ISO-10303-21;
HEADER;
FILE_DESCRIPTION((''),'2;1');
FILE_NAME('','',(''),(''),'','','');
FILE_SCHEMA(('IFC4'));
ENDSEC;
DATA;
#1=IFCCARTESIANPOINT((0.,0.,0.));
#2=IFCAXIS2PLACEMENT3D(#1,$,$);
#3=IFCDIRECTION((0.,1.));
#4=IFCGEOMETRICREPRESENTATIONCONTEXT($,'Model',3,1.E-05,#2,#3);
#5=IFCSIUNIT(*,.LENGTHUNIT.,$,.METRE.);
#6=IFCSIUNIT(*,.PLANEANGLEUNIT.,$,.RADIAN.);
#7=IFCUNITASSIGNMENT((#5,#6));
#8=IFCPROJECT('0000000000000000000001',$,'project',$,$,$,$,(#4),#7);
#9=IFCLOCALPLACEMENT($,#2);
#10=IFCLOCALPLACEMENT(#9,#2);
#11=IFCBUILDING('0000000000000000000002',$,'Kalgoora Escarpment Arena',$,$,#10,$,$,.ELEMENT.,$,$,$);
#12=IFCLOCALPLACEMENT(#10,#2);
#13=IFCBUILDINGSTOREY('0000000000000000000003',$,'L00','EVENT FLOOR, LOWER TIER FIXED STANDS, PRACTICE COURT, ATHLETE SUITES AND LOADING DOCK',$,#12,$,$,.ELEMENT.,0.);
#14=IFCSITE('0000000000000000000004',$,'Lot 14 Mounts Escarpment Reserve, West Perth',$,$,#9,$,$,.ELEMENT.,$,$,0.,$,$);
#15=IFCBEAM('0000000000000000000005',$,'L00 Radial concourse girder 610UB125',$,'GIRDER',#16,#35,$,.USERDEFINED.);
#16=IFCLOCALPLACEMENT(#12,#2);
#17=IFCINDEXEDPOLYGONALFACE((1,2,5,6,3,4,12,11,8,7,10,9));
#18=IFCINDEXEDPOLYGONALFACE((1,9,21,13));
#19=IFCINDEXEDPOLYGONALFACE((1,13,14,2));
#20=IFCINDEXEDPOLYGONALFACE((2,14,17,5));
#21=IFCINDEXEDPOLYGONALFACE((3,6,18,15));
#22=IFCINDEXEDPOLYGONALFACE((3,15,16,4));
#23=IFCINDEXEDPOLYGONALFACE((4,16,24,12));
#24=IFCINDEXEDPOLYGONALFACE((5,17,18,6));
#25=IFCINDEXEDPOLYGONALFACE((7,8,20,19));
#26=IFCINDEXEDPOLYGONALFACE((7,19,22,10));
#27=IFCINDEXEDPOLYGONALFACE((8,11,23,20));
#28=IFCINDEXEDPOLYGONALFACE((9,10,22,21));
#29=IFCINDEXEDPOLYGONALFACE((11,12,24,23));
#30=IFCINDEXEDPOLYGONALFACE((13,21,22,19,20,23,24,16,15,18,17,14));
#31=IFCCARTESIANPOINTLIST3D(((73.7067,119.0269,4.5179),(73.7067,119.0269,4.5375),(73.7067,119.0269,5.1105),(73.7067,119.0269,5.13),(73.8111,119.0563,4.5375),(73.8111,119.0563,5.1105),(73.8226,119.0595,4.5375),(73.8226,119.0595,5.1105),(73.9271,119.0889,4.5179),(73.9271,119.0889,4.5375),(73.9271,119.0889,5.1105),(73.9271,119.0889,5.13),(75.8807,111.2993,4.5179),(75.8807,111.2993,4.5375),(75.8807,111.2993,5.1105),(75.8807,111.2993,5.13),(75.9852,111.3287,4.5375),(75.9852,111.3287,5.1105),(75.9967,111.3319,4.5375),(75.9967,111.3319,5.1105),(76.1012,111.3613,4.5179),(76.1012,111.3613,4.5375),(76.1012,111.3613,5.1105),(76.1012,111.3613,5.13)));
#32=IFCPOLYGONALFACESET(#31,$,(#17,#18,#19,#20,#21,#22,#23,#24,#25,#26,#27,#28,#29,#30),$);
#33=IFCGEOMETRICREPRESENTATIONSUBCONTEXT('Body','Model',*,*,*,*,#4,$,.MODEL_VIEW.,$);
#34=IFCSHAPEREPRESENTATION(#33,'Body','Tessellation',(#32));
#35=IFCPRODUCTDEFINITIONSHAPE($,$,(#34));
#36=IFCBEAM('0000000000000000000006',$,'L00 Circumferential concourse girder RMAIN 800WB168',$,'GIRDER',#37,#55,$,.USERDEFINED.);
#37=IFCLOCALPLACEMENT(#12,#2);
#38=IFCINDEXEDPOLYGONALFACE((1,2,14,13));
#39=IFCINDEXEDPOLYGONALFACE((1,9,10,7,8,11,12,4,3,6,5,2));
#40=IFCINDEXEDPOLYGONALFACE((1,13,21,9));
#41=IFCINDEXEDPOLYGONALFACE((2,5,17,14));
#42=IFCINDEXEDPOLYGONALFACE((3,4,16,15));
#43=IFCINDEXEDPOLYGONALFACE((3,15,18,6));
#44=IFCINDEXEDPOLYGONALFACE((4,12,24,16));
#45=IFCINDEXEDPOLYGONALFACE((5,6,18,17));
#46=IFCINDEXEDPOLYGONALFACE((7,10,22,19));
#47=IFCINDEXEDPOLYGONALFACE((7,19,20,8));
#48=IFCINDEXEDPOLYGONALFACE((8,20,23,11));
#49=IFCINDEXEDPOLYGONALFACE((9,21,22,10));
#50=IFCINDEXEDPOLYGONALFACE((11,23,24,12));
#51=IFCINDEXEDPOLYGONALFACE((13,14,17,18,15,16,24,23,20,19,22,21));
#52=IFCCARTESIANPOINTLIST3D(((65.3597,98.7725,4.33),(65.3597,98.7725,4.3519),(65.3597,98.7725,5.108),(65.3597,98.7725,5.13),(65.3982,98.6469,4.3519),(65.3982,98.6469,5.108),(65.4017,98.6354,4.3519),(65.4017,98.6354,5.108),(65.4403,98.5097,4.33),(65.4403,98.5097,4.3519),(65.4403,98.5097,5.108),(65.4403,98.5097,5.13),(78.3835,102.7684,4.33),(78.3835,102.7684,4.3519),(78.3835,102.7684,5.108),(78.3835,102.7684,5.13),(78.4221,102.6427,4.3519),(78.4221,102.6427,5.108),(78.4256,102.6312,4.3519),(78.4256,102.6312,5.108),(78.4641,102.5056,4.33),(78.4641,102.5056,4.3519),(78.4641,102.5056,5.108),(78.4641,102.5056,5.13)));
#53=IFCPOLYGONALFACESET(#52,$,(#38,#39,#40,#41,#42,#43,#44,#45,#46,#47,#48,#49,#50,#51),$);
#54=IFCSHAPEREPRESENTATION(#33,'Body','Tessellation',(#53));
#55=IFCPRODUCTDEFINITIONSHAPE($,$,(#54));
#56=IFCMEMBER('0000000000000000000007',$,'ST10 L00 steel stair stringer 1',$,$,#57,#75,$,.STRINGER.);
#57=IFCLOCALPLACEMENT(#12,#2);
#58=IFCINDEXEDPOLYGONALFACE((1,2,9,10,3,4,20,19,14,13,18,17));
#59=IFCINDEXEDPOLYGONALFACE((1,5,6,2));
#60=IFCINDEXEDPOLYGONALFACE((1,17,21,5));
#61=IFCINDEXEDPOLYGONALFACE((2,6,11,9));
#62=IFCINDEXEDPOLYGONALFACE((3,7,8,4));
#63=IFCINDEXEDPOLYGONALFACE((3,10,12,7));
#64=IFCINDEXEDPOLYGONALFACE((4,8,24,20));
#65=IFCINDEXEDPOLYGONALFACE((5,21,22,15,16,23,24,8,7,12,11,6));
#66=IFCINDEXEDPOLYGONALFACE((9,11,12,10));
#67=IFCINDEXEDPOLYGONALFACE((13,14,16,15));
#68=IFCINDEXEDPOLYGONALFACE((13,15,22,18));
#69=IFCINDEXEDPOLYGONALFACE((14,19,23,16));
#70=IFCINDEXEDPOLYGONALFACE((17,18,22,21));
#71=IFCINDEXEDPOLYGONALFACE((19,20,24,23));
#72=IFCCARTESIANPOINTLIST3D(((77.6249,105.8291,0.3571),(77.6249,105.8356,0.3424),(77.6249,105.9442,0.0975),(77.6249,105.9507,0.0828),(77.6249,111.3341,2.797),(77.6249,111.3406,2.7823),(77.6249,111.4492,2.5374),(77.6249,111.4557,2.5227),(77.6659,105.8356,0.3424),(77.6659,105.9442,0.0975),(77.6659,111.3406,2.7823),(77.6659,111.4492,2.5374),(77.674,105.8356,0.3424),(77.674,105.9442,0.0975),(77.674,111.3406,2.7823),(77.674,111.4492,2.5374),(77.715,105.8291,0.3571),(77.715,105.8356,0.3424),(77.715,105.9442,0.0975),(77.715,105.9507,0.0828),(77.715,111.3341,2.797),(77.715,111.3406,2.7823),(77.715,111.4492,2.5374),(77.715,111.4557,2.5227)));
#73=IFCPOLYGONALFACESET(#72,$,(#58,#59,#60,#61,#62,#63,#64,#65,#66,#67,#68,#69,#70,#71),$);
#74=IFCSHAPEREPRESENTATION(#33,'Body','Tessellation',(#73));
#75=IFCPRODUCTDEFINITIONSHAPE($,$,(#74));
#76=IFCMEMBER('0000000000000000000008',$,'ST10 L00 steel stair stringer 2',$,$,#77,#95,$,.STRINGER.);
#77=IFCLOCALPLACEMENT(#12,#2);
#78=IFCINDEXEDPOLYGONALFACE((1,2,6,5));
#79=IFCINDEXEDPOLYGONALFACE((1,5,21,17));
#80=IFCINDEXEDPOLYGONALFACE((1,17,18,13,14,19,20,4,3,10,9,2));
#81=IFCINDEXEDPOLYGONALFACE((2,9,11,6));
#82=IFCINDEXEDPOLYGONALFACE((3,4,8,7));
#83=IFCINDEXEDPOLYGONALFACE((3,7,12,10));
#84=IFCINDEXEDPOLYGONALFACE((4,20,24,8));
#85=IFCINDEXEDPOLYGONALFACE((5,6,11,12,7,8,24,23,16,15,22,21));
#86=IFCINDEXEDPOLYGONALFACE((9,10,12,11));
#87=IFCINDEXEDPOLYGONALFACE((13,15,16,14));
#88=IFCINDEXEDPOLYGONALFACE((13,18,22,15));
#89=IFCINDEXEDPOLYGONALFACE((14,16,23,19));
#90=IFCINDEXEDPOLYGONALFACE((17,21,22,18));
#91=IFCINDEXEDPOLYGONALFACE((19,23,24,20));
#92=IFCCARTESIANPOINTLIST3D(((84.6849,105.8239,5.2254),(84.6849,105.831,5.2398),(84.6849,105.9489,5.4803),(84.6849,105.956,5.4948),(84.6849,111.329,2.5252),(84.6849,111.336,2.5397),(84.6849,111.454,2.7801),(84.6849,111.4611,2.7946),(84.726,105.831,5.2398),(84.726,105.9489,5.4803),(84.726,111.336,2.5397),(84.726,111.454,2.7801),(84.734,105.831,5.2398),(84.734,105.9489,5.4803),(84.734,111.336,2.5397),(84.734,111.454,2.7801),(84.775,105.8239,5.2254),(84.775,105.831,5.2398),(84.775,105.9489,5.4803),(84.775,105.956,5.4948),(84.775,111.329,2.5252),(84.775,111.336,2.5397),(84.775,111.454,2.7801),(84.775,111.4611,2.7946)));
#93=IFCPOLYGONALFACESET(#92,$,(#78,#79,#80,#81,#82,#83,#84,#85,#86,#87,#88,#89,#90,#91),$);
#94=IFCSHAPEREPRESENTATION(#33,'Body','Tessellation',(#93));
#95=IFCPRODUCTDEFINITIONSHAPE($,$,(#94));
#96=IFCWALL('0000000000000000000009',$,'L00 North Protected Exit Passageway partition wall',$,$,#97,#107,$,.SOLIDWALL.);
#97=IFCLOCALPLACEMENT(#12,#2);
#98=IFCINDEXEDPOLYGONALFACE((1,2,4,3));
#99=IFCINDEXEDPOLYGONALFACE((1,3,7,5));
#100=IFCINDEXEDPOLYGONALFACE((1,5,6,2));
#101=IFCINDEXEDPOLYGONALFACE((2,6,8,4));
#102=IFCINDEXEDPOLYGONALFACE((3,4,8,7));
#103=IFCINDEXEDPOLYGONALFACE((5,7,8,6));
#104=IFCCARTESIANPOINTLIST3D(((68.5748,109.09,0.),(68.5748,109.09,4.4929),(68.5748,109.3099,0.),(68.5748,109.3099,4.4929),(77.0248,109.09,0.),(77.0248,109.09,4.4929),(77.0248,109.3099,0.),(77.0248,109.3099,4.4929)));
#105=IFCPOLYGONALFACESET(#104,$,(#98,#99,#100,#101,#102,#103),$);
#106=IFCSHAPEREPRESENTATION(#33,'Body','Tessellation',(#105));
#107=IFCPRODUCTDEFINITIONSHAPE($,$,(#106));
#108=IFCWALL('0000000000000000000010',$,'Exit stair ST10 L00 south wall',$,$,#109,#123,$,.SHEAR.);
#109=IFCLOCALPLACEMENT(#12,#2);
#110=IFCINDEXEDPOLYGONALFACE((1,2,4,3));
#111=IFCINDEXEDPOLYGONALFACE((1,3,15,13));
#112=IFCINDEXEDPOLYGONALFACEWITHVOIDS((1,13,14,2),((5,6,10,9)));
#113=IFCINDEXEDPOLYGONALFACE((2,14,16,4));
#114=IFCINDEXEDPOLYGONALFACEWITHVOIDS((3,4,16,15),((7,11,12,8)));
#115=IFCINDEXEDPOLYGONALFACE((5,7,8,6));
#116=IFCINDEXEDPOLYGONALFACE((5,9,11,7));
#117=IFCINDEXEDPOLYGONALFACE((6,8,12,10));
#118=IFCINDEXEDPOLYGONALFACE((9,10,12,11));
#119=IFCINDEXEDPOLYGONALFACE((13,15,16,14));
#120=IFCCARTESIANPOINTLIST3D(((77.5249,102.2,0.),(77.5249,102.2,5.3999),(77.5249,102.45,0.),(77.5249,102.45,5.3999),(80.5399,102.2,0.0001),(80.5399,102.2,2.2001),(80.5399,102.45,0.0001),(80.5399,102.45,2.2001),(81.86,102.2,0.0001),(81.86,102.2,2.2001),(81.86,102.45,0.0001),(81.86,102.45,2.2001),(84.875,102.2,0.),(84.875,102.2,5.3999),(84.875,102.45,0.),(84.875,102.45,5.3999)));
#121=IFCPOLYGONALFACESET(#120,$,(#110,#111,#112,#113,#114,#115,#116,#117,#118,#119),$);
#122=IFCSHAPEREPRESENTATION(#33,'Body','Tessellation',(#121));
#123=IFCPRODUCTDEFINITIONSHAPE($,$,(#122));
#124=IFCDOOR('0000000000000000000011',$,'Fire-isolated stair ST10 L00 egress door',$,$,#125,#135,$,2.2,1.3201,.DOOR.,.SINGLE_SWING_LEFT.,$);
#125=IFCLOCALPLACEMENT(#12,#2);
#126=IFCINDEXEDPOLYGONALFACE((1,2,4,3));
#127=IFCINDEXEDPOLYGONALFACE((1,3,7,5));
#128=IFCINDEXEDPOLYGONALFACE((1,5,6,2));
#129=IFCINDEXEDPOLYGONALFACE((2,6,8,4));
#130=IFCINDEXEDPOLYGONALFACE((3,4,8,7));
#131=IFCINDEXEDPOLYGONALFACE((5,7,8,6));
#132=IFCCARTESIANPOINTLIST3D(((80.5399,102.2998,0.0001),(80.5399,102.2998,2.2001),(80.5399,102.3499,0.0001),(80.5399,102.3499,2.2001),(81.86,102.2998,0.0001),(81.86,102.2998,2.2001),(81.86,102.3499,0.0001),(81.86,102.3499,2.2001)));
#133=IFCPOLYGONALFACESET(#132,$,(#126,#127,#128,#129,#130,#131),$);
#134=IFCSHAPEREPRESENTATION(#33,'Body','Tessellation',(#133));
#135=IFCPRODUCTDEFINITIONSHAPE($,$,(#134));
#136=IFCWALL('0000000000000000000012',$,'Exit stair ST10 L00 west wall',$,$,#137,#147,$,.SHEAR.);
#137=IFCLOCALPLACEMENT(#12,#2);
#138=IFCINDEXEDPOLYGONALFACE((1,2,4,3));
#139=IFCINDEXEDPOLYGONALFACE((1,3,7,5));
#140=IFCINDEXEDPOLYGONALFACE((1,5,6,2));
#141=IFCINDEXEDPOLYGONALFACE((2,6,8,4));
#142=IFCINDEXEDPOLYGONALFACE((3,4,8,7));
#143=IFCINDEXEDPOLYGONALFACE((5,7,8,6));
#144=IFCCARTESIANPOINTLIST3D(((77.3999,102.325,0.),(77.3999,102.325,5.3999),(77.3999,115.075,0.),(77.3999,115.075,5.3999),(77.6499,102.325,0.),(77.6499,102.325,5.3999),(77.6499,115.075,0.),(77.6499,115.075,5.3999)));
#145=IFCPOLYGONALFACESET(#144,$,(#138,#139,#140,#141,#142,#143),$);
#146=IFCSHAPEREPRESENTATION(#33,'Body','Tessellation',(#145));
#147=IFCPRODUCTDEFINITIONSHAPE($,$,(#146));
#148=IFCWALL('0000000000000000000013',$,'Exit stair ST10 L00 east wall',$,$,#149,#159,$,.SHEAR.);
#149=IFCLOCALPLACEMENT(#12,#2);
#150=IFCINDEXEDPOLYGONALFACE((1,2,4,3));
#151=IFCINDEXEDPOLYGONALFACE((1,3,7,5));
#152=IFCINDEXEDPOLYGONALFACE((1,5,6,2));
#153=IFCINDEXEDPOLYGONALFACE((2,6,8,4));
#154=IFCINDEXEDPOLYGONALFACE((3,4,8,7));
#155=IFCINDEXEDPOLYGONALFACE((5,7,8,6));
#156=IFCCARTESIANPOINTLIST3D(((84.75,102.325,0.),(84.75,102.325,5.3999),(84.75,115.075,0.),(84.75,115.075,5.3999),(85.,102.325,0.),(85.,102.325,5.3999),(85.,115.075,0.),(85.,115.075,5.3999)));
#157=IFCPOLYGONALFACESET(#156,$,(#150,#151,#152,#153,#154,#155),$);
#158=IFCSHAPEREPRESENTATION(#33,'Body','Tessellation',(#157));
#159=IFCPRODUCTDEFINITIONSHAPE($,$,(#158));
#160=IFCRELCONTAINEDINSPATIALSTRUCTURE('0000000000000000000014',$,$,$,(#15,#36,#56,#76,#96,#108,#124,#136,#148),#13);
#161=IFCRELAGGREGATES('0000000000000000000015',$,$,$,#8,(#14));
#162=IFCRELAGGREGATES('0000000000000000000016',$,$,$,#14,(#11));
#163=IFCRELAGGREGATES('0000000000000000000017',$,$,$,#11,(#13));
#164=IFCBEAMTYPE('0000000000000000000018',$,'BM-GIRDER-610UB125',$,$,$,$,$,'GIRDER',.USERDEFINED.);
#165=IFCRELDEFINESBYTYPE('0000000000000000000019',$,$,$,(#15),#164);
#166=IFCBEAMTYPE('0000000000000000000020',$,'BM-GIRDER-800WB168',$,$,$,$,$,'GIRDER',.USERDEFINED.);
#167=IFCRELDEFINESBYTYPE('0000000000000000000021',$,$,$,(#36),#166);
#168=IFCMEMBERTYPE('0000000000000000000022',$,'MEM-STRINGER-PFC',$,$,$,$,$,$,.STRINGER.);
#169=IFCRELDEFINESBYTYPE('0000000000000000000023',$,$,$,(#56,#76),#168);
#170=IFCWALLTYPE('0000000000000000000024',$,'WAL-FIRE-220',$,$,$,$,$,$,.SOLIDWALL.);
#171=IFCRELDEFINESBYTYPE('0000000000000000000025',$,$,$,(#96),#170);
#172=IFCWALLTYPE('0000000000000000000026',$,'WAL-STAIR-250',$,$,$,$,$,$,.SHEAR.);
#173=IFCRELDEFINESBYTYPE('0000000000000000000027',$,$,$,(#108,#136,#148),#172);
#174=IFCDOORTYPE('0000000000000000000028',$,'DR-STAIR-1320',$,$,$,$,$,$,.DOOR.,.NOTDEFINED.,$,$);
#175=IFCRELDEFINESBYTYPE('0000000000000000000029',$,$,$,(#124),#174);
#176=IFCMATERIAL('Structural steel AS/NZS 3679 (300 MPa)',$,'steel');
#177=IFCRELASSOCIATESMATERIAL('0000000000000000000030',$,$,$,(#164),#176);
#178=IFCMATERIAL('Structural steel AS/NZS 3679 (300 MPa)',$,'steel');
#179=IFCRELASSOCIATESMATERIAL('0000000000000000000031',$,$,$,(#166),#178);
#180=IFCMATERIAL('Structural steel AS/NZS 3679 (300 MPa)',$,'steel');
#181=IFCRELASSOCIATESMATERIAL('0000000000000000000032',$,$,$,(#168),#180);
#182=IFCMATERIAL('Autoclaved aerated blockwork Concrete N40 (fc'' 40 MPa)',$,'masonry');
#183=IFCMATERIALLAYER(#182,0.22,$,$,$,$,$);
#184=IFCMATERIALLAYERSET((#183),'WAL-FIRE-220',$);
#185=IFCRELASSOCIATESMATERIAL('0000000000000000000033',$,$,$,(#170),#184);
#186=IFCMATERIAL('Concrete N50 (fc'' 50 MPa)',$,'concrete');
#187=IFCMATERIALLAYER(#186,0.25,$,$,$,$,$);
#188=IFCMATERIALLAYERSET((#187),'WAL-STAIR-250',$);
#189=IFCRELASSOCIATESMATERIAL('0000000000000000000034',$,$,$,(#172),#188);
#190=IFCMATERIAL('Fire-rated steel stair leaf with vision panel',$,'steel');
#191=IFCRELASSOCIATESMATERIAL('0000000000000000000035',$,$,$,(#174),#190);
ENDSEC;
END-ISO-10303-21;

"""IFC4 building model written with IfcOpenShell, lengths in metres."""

from ifc_helpers import new_model, si_unit, direction, frame, frame_2d, origin, origin_2d, place, context, subcontext, project, spatial, rectangle, i_section, extrude, material, layer, layer_set, material_profile, profile_set, type_object, element, fill, save


model = new_model("IFC4")

# Units and contexts
model_context = context("Model", 3, precision=1e-05, world=origin(), true_north=direction((0.0, 1.0)))
body_context = subcontext(model_context, "Body", "Model", "MODEL_VIEW")
ifc_project = project(units=[si_unit("LENGTHUNIT", "METRE"), si_unit("PLANEANGLEUNIT", "RADIAN")], contexts=[model_context])

# Site, building, storey
site_placement = place(None, origin())
site = spatial("IfcSite", under=ifc_project, at=site_placement, Name="Lot 14 Mounts Escarpment Reserve, West Perth", CompositionType="ELEMENT", RefElevation=0.0)
building_placement = place(site_placement, origin())
building = spatial("IfcBuilding", under=site, at=building_placement, Name="Kalgoora Escarpment Arena", CompositionType="ELEMENT")
storey_placement = place(building_placement, origin())
storey = spatial("IfcBuildingStorey", under=building, at=storey_placement, Name="L00", Description="EVENT FLOOR, LOWER TIER FIXED STANDS, PRACTICE COURT, ATHLETE SUITES AND LOADING DOCK", CompositionType="ELEMENT", Elevation=0.0)

# Beams
ifc_material_1 = material(Name="Structural steel AS/NZS 3679 (300 MPa)", Category="steel")
ifc_material_profile_1 = material_profile(ifc_material_1, i_section(OverallWidth=0.229, OverallDepth=0.6121, WebThickness=0.012, FlangeThickness=0.0195, at=origin_2d()))
ifc_profile_set_1 = profile_set([ifc_material_profile_1], Name="Structural steel AS/NZS 3679 (300 MPa)")
beam_type_1 = type_object("IfcBeamType", Name="BM-GIRDER-610UB125", ElementType="GIRDER", PredefinedType="USERDEFINED", material=ifc_profile_set_1)
beam_1_placement = place(storey_placement, frame((75.991, 111.3303, 4.824), z_axis=(-0.270827, 0.962628, 0.0), x_axis=(-0.962628, -0.270827, 0.0)))
element("IfcBeam", 1, at=beam_1_placement, inside=storey, type_object=beam_type_1, Name="L00 Radial concourse girder 610UB125", ObjectType="GIRDER", PredefinedType="USERDEFINED", context=body_context, shape_type="SweptSolid", body=[
    extrude(i_section(OverallWidth=0.229, OverallDepth=0.6121, WebThickness=0.012, FlangeThickness=0.0195, at=origin_2d()), origin(), (0.0, 0.0, 1.0), 8.0276),
])
ifc_material_2 = material(Name="Structural steel AS/NZS 3679 (300 MPa)", Category="steel")
ifc_material_profile_2 = material_profile(ifc_material_2, i_section(OverallWidth=0.2749, OverallDepth=0.8, WebThickness=0.012, FlangeThickness=0.022, at=origin_2d()))
ifc_profile_set_2 = profile_set([ifc_material_profile_2], Name="Structural steel AS/NZS 3679 (300 MPa)")
beam_type_2 = type_object("IfcBeamType", Name="BM-GIRDER-800WB168", ElementType="GIRDER", PredefinedType="USERDEFINED", material=ifc_profile_set_2)
beam_2_placement = place(storey_placement, frame((78.4238, 102.637, 4.73), z_axis=(-0.956016, -0.293314, 0.0), x_axis=(0.293314, -0.956016, 0.0)))
element("IfcBeam", 2, at=beam_2_placement, inside=storey, type_object=beam_type_2, Name="L00 Circumferential concourse girder RMAIN 800WB168", ObjectType="GIRDER", PredefinedType="USERDEFINED", context=body_context, shape_type="SweptSolid", body=[
    extrude(i_section(OverallWidth=0.2749, OverallDepth=0.8, WebThickness=0.012, FlangeThickness=0.022, at=origin_2d()), origin(), (0.0, 0.0, 1.0), 13.623),
])

# Members
ifc_material_3 = material(Name="Structural steel AS/NZS 3679 (300 MPa)", Category="steel")
ifc_material_profile_3 = material_profile(ifc_material_3, i_section(OverallWidth=0.0901, OverallDepth=0.3, WebThickness=0.0081, FlangeThickness=0.0161, at=origin_2d()))
ifc_profile_set_3 = profile_set([ifc_material_profile_3], Name="Structural steel AS/NZS 3679 (300 MPa)")
member_type = type_object("IfcMemberType", Name="MEM-STRINGER-PFC", PredefinedType="STRINGER", material=ifc_profile_set_3)
member_1_placement = place(storey_placement, frame((77.6699, 105.8899, 0.22), z_axis=(0.0, 0.914229, 0.405198), x_axis=(-1.0, 0.0, 0.0)))
element("IfcMember", 3, at=member_1_placement, inside=storey, type_object=member_type, Name="ST10 L00 steel stair stringer 1", PredefinedType="STRINGER", context=body_context, shape_type="SweptSolid", body=[
    extrude(i_section(OverallWidth=0.0901, OverallDepth=0.3, WebThickness=0.0081, FlangeThickness=0.0161, at=origin_2d()), origin(), (0.0, 0.0, 1.0), 6.0215),
])
member_2_placement = place(storey_placement, frame((84.73, 111.395, 2.6599), z_axis=(0.0, -0.897817, 0.440368), x_axis=(1.0, 0.0, 0.0)))
element("IfcMember", 4, at=member_2_placement, inside=storey, type_object=member_type, Name="ST10 L00 steel stair stringer 2", PredefinedType="STRINGER", context=body_context, shape_type="SweptSolid", body=[
    extrude(i_section(OverallWidth=0.0901, OverallDepth=0.3, WebThickness=0.0081, FlangeThickness=0.0161, at=origin_2d()), origin(), (0.0, 0.0, 1.0), 6.1316),
])

# Wall
ifc_material_4 = material(Name="Autoclaved aerated blockwork Concrete N40 (fc' 40 MPa)", Category="masonry")
ifc_layer_1 = layer(ifc_material_4, 0.22)
ifc_layer_set_1 = layer_set([ifc_layer_1], Name="WAL-FIRE-220")
wall_type_1 = type_object("IfcWallType", Name="WAL-FIRE-220", PredefinedType="SOLIDWALL", material=ifc_layer_set_1)
wall_1_placement = place(storey_placement, frame((77.0249, 109.2, 0.0), z_axis=(0.0, 0.0, 1.0), x_axis=(-1.0, 0.0, 0.0)))
element("IfcWall", 5, at=wall_1_placement, inside=storey, type_object=wall_type_1, Name="L00 North Protected Exit Passageway partition wall", PredefinedType="SOLIDWALL", context=body_context, shape_type="SweptSolid", body=[
    extrude(rectangle(XDim=8.45, YDim=0.22, at=frame_2d((4.2251, 0.0))), origin(), (0.0, 0.0, 1.0), 4.4929),
])

# Wall, opening, door
ifc_material_5 = material(Name="Concrete N50 (fc' 50 MPa)", Category="concrete")
ifc_layer_2 = layer(ifc_material_5, 0.25)
ifc_layer_set_2 = layer_set([ifc_layer_2], Name="WAL-STAIR-250")
wall_type_2 = type_object("IfcWallType", Name="WAL-STAIR-250", PredefinedType="SHEAR", material=ifc_layer_set_2)
wall_2_placement = place(storey_placement, frame((77.5249, 102.325, 0.0), z_axis=(0.0, 0.0, 1.0), x_axis=(1.0, 0.0, 0.0)))
wall_2 = element("IfcWall", 6, at=wall_2_placement, inside=storey, type_object=wall_type_2, Name="Exit stair ST10 L00 south wall", PredefinedType="SHEAR", context=body_context, shape_type="SweptSolid", body=[
    extrude(rectangle(XDim=7.3501, YDim=0.25, at=frame_2d((3.675, 0.0))), origin(), (0.0, 0.0, 1.0), 5.3999),
])
opening_placement = place(wall_2_placement, frame((3.0149, 0.0, 0.0)))
opening = element("IfcOpeningElement", 7, at=opening_placement, cuts=wall_2, PredefinedType="OPENING", context=body_context, shape_type="SweptSolid", body=[
    extrude(rectangle(XDim=1.3201, YDim=2.2, at=frame_2d((0.6602, 1.1001))), frame((0.0, 0.135, 0.0), z_axis=(0.0, -1.0, 0.0), x_axis=(1.0, 0.0, 0.0)), (0.0, 0.0, 1.0), 0.27),
])
ifc_material_6 = material(Name="Fire-rated steel stair leaf with vision panel", Category="steel")
door_type = type_object("IfcDoorType", Name="DR-STAIR-1320", OperationType="NOTDEFINED", PredefinedType="DOOR", material=ifc_material_6)
door_placement = place(opening_placement, origin())
door = element("IfcDoor", 8, at=door_placement, inside=storey, type_object=door_type, Name="Fire-isolated stair ST10 L00 egress door", OperationType="SINGLE_SWING_LEFT", OverallHeight=2.2, OverallWidth=1.3201, PredefinedType="DOOR", context=body_context, shape_type="SweptSolid", body=[
    extrude(rectangle(XDim=1.3201, YDim=2.2, at=frame_2d((0.6602, 1.1001))), frame((0.0, 0.0249, 0.0), z_axis=(0.0, -1.0, 0.0), x_axis=(1.0, 0.0, 0.0)), (0.0, 0.0, 1.0), 0.05),
])
fill(opening, door)

# Walls
for number, where, z_axis, x_axis, name in (
    (9, (77.5249, 102.325, 0.0), (0.0, 0.0, 1.0), (0.0, 1.0, 0.0), "Exit stair ST10 L00 west wall"),
    (10, (84.875, 102.325, 0.0), (0.0, 0.0, 1.0), (0.0, 1.0, 0.0), "Exit stair ST10 L00 east wall"),
):
    element("IfcWall", number, at=place(storey_placement, frame(where, z_axis=z_axis, x_axis=x_axis)), inside=storey, type_object=wall_type_2, Name=name, PredefinedType="SHEAR", context=body_context, shape_type="SweptSolid", body=[
        extrude(rectangle(XDim=12.75, YDim=0.25, at=frame_2d((6.375, 0.0))), origin(), (0.0, 0.0, 1.0), 5.3999),
    ])

save(model, "model.ifc")
